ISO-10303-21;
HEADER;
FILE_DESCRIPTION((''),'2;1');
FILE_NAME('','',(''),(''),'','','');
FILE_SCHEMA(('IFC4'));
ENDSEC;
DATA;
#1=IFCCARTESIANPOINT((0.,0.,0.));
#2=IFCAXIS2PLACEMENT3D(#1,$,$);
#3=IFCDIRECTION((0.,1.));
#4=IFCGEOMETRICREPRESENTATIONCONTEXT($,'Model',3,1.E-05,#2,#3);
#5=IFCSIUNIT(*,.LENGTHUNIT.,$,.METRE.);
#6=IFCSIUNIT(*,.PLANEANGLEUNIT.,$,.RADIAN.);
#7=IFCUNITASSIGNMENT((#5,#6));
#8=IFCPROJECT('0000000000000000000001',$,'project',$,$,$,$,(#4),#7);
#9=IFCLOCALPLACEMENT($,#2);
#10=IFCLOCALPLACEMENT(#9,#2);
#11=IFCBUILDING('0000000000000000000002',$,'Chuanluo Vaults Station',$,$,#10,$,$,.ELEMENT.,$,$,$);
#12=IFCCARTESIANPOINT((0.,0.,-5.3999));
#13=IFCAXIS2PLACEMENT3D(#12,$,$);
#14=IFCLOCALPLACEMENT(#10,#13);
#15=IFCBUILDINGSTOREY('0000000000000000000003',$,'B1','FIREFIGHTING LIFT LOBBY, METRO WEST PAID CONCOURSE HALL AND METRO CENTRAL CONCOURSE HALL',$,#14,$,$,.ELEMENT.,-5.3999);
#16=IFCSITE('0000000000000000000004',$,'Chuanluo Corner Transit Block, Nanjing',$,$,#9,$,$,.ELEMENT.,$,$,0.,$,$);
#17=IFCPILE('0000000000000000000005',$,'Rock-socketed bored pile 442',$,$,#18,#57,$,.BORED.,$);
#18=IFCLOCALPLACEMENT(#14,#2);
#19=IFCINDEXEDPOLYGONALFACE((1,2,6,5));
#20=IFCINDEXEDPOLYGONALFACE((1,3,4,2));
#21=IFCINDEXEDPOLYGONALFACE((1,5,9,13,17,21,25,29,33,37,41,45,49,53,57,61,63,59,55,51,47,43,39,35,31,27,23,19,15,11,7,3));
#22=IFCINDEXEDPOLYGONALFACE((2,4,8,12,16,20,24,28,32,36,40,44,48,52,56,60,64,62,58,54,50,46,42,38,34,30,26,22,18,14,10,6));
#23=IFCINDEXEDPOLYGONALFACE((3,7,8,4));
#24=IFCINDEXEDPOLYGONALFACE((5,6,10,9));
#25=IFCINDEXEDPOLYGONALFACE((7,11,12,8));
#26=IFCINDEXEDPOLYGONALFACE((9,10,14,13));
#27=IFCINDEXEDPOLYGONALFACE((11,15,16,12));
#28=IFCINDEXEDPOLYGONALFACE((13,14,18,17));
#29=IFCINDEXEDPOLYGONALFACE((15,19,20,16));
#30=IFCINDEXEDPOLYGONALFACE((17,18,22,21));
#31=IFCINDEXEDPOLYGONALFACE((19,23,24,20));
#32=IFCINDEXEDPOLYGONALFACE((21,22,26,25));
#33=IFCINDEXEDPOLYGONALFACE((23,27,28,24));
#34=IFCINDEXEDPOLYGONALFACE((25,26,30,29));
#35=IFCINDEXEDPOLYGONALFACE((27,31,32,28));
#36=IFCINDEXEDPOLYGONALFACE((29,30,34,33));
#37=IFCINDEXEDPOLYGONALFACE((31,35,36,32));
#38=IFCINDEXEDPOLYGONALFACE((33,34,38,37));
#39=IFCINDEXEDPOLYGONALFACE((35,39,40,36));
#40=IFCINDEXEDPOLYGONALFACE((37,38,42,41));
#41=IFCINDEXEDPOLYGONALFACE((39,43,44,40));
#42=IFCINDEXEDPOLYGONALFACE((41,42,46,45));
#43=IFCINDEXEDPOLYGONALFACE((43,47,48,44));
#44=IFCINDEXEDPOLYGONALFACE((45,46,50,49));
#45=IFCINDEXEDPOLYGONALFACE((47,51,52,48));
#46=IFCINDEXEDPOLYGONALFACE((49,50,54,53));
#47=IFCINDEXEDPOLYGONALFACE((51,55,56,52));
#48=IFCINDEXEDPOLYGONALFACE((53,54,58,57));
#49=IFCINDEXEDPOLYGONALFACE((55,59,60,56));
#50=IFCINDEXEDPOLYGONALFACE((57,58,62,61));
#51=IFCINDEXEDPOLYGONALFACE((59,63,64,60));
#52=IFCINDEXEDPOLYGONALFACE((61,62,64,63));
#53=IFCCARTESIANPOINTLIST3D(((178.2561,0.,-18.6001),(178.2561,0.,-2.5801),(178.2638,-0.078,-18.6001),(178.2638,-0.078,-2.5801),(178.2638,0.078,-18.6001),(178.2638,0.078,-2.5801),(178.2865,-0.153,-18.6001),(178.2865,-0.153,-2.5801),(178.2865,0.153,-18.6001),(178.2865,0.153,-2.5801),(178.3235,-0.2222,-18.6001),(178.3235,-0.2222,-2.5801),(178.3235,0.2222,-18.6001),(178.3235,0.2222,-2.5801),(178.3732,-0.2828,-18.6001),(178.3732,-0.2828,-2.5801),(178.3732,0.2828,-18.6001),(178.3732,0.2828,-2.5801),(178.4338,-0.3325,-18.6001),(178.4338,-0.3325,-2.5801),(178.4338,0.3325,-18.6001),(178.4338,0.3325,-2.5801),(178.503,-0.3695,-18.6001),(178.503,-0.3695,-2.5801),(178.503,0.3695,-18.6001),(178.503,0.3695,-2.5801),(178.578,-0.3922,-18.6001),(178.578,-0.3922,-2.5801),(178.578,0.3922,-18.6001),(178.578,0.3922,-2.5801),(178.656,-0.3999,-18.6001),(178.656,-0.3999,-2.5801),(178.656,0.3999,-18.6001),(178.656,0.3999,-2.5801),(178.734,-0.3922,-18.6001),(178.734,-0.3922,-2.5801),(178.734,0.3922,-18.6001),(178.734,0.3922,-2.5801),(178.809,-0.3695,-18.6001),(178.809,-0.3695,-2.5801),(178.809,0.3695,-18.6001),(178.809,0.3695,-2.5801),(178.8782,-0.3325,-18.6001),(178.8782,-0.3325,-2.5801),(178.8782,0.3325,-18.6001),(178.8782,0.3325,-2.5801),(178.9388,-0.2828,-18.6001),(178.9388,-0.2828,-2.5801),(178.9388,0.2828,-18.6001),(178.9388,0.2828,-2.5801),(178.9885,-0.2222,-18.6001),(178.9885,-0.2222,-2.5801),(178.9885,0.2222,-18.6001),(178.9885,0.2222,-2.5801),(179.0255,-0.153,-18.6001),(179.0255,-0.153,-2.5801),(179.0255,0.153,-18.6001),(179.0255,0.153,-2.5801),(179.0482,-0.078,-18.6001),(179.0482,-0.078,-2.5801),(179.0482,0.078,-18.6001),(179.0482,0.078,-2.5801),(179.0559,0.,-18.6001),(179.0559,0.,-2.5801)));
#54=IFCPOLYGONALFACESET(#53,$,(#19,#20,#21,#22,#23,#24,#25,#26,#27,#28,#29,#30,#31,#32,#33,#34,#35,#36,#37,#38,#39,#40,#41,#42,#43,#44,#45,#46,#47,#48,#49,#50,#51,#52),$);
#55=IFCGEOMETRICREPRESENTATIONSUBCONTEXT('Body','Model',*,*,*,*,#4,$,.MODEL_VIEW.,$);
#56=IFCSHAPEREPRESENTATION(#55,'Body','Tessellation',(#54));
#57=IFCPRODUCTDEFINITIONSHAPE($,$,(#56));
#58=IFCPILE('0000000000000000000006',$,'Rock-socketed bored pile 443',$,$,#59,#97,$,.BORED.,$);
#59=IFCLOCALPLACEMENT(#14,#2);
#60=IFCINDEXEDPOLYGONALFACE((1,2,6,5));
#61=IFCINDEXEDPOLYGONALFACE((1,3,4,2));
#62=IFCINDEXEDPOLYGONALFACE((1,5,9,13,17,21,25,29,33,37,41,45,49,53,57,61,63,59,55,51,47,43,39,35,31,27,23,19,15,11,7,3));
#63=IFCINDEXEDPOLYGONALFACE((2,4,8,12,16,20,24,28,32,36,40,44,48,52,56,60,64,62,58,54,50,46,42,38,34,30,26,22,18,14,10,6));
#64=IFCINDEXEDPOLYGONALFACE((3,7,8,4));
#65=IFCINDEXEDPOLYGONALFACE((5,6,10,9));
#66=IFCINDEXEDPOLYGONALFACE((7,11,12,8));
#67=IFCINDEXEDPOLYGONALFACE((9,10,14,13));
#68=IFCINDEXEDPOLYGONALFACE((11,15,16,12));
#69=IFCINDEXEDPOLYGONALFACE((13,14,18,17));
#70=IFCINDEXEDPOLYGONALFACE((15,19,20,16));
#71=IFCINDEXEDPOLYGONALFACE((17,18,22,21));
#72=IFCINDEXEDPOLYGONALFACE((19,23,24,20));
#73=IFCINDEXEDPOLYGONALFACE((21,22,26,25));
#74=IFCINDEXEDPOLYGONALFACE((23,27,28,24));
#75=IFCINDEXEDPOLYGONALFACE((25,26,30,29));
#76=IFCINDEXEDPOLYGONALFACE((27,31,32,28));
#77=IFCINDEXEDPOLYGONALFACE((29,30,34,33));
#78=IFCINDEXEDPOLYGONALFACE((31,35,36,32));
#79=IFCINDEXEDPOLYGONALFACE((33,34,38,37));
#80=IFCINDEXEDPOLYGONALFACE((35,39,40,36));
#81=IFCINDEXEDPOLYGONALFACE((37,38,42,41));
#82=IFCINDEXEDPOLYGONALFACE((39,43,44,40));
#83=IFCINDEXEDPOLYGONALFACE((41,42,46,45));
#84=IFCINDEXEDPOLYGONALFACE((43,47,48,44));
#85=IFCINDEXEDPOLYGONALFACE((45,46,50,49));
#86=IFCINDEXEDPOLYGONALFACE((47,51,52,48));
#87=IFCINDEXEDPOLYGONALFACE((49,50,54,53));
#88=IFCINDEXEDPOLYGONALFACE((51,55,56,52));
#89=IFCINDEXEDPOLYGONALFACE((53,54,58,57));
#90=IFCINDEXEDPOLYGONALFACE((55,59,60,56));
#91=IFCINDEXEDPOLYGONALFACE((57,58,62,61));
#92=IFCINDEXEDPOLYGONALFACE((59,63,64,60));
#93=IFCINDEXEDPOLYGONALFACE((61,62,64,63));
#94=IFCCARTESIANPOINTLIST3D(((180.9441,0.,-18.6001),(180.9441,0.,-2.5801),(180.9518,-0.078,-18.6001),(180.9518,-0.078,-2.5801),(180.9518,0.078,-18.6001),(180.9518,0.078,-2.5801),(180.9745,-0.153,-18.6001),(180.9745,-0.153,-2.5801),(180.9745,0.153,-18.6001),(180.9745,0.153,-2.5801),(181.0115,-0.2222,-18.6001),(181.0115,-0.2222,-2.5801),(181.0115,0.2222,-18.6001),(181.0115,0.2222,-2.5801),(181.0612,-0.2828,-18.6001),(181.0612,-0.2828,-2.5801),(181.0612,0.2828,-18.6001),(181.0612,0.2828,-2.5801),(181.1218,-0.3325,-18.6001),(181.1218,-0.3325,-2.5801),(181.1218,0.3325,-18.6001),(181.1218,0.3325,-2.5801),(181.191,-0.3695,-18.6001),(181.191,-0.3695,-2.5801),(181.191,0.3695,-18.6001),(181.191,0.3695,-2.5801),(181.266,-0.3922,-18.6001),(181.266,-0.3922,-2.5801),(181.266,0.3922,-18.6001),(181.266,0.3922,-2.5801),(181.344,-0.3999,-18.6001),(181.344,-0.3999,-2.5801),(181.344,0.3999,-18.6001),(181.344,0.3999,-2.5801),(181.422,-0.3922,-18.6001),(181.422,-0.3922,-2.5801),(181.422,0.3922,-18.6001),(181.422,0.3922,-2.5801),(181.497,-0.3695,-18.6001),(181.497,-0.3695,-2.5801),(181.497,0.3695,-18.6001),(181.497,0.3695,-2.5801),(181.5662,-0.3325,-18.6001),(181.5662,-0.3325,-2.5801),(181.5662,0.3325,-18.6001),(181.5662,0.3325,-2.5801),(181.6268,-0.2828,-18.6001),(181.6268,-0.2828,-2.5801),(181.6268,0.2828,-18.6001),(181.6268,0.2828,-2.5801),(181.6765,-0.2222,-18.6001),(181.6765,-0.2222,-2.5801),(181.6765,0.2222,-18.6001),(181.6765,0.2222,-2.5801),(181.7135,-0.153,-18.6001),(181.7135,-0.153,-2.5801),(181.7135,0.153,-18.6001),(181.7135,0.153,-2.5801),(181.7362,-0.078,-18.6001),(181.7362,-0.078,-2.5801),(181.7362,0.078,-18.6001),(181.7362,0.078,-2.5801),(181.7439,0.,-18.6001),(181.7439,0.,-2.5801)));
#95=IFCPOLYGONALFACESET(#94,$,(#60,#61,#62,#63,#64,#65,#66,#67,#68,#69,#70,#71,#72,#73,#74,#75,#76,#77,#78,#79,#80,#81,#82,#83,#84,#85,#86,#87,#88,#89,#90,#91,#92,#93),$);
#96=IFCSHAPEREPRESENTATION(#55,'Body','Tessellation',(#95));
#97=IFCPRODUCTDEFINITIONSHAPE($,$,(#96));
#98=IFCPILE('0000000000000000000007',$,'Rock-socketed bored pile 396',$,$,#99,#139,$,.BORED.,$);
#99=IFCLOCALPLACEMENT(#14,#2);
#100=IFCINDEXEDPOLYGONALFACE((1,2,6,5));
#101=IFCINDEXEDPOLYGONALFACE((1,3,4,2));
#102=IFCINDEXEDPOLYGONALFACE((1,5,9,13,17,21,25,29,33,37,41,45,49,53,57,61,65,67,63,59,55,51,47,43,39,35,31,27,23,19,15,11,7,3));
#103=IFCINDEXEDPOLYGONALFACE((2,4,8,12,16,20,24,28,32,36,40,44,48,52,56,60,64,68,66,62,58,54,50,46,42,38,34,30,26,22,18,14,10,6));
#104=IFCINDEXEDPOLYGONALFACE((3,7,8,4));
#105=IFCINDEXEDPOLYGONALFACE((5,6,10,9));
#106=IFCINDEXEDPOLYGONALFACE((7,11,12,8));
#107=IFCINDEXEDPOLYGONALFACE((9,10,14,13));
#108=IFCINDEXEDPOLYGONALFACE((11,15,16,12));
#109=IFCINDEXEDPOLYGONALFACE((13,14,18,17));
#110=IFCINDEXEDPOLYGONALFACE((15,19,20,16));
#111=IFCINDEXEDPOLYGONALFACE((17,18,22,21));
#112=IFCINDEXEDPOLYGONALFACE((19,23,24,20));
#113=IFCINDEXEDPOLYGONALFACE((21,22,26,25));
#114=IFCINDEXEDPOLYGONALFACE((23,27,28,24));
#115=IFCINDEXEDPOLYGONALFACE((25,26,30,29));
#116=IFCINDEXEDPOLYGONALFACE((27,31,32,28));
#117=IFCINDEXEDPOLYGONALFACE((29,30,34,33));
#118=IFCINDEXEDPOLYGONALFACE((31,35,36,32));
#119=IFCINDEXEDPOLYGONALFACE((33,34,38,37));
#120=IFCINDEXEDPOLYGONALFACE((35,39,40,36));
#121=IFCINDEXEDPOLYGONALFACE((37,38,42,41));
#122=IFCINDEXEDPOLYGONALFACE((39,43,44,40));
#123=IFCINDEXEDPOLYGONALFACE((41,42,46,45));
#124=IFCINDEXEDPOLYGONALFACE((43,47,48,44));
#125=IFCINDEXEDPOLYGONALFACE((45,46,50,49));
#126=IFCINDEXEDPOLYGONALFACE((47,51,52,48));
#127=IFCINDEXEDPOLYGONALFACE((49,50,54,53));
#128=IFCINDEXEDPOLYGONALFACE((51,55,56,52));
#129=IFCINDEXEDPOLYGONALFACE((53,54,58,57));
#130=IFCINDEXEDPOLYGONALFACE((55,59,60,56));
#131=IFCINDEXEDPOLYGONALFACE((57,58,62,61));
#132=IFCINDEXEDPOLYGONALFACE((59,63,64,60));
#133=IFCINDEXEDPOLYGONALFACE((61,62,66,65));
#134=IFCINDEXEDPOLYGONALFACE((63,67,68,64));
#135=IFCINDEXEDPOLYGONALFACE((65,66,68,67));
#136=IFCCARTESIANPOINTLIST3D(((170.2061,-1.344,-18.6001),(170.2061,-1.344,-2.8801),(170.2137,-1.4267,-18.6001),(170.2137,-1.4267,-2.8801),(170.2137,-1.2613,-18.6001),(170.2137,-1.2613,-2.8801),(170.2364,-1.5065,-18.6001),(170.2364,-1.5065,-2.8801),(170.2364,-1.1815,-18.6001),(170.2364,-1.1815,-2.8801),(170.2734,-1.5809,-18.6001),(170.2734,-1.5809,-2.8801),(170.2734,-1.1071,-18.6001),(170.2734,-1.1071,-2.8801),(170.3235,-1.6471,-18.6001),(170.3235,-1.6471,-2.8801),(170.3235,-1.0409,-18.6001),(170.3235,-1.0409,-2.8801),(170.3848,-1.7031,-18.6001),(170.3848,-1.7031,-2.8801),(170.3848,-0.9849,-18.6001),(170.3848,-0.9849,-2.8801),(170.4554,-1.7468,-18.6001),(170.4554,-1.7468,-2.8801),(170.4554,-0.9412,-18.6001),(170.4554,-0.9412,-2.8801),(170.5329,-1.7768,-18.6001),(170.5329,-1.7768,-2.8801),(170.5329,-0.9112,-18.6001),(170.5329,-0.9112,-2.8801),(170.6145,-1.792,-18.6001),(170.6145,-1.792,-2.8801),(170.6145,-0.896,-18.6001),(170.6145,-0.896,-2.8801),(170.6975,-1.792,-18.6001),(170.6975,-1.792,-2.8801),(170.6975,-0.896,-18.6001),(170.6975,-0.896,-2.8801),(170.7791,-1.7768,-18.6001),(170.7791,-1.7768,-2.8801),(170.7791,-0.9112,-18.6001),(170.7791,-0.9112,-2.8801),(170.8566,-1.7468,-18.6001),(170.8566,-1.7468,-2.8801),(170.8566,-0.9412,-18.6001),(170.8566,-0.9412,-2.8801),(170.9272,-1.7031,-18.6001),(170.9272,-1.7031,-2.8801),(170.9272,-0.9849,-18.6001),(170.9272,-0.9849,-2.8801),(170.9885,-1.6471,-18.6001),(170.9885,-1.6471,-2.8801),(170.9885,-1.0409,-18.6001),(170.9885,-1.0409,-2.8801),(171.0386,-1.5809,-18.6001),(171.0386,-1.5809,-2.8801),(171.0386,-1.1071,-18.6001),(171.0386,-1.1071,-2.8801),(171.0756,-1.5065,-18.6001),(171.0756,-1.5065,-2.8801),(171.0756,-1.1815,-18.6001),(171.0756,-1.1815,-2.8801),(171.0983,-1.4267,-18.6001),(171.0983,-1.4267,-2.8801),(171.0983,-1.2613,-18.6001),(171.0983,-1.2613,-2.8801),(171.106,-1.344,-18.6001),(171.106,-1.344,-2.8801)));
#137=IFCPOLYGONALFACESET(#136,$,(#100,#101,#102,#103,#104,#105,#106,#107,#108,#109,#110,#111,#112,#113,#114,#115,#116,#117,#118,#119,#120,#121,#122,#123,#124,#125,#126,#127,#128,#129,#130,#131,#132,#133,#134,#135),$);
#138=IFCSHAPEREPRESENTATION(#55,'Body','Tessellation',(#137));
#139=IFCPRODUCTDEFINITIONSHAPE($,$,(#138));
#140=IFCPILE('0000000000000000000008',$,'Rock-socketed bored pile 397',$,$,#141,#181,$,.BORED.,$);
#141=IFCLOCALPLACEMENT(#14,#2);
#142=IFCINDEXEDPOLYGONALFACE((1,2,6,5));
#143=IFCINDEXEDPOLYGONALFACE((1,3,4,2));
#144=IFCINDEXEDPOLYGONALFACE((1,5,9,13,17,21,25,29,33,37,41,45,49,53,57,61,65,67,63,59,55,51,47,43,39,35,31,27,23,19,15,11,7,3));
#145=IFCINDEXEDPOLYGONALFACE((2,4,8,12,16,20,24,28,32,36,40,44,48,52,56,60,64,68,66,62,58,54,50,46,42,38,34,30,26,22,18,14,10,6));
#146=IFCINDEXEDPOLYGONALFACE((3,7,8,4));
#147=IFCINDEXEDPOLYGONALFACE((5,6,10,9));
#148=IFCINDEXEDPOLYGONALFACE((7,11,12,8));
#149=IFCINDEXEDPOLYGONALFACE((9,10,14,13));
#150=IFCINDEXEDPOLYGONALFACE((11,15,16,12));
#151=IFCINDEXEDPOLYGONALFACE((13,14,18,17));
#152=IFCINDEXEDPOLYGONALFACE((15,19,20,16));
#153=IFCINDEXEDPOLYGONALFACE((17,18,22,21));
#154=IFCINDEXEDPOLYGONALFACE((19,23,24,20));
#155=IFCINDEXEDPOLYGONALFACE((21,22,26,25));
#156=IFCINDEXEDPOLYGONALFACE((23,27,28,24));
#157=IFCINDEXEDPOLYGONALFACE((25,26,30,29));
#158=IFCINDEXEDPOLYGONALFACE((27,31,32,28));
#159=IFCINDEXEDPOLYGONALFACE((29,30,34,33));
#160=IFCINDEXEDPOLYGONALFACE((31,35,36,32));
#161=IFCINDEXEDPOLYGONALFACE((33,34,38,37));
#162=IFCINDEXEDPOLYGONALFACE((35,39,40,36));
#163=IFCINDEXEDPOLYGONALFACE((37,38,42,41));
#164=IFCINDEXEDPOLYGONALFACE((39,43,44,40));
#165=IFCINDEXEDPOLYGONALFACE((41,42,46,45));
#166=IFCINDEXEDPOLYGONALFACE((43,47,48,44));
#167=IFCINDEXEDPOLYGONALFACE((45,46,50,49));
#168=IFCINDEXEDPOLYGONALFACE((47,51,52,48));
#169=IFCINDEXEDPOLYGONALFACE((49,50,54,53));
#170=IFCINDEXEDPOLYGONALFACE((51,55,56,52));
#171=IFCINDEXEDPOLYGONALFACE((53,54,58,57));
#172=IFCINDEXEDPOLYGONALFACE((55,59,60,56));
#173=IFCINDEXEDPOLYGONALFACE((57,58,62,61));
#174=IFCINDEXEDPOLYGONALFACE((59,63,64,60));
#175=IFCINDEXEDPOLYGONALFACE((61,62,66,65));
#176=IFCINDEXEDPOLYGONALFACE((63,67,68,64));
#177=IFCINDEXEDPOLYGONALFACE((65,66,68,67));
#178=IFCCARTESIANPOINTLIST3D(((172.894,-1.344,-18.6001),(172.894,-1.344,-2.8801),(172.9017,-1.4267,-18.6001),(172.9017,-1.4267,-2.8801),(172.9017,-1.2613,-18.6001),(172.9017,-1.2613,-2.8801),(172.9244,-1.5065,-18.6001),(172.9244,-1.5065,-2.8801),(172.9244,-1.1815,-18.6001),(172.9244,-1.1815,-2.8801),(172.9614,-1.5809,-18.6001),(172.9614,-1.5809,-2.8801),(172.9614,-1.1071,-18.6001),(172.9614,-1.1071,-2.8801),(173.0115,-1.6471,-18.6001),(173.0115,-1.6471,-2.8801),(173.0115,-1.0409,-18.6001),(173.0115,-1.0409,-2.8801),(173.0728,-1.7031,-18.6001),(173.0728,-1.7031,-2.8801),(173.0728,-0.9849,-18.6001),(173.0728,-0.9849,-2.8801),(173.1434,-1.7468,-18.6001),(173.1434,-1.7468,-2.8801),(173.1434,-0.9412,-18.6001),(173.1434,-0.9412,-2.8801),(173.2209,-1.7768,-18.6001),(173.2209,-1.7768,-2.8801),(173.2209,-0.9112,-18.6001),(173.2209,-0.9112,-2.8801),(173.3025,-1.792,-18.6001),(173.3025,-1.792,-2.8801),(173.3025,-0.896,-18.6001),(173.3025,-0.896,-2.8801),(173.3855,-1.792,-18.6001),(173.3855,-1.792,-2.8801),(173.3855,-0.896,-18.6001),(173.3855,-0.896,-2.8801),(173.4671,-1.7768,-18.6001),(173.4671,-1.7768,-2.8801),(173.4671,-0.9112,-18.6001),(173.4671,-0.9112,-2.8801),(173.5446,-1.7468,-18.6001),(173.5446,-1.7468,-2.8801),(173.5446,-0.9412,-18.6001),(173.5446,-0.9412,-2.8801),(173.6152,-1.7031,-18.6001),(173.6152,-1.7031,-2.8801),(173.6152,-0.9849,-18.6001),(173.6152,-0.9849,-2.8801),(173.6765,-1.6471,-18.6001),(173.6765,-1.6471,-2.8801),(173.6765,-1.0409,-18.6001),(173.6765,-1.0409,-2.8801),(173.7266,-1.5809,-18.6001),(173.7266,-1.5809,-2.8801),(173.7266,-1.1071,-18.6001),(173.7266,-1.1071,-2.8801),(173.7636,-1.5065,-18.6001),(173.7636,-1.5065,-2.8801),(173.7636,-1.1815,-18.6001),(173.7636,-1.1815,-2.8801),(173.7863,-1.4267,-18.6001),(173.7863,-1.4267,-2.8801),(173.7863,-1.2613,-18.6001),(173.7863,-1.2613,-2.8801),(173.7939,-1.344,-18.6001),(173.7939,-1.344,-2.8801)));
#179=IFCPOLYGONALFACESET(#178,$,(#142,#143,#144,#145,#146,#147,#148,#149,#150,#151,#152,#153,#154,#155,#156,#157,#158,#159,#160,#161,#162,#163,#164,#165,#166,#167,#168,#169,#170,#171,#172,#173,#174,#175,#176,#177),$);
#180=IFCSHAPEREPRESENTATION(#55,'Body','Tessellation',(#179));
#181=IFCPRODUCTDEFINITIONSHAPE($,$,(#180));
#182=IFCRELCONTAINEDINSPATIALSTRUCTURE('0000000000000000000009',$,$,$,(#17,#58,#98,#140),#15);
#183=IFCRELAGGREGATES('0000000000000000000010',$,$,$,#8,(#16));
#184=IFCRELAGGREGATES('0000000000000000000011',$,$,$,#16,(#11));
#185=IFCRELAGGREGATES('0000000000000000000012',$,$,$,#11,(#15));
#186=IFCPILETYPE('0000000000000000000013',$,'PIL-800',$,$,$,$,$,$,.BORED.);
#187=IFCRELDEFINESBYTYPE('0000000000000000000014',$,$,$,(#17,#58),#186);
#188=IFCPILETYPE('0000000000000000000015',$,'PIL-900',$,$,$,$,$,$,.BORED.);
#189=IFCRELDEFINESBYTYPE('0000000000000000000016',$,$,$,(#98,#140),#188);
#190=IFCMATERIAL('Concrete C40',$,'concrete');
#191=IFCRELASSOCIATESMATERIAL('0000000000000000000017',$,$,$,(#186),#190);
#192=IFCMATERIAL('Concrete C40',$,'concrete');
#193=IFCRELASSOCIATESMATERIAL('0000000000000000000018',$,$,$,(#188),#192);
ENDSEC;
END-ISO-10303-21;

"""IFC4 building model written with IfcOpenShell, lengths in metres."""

from ifc_helpers import new_model, si_unit, direction, frame, origin, origin_2d, place, context, subcontext, project, spatial, circle, extrude, material, material_profile, profile_set, type_object, element, save


model = new_model("IFC4")

# Units and contexts
model_context = context("Model", 3, precision=1e-05, world=origin(), true_north=direction((0.0, 1.0)))
body_context = subcontext(model_context, "Body", "Model", "MODEL_VIEW")
ifc_project = project(units=[si_unit("LENGTHUNIT", "METRE"), si_unit("PLANEANGLEUNIT", "RADIAN")], contexts=[model_context])

# Site, building, storey
site_placement = place(None, origin())
site = spatial("IfcSite", under=ifc_project, at=site_placement, Name="Chuanluo Corner Transit Block, Nanjing", CompositionType="ELEMENT", RefElevation=0.0)
building_placement = place(site_placement, origin())
building = spatial("IfcBuilding", under=site, at=building_placement, Name="Chuanluo Vaults Station", CompositionType="ELEMENT")
storey_placement = place(building_placement, frame((0.0, 0.0, -5.3999)))
storey = spatial("IfcBuildingStorey", under=building, at=storey_placement, Name="B1", Description="FIREFIGHTING LIFT LOBBY, METRO WEST PAID CONCOURSE HALL AND METRO CENTRAL CONCOURSE HALL", CompositionType="ELEMENT", Elevation=-5.3999)

# Piles
ifc_material_1 = material(Name="Concrete C40", Category="concrete")
ifc_material_profile_1 = material_profile(ifc_material_1, circle(Radius=0.3999, at=origin_2d()))
ifc_profile_set_1 = profile_set([ifc_material_profile_1], Name="Concrete C40")
pile_type_1 = type_object("IfcPileType", Name="PIL-800", PredefinedType="BORED", material=ifc_profile_set_1)
for number, where, z_axis, x_axis, name in (
    (1, (178.656, 0.0, -2.5801), (0.0, 0.0, -1.0), (1.0, 0.0, 0.0), "Rock-socketed bored pile 442"),
    (2, (181.344, 0.0, -2.5801), (0.0, 0.0, -1.0), (1.0, 0.0, 0.0), "Rock-socketed bored pile 443"),
):
    element("IfcPile", number, at=place(storey_placement, frame(where, z_axis=z_axis, x_axis=x_axis)), inside=storey, type_object=pile_type_1, Name=name, PredefinedType="BORED", context=body_context, shape_type="SweptSolid", body=[
        extrude(circle(Radius=0.3999, at=origin_2d()), origin(), (0.0, 0.0, 1.0), 16.02),
    ])
ifc_material_2 = material(Name="Concrete C40", Category="concrete")
ifc_material_profile_2 = material_profile(ifc_material_2, circle(Radius=0.45, at=origin_2d()))
ifc_profile_set_2 = profile_set([ifc_material_profile_2], Name="Concrete C40")
pile_type_2 = type_object("IfcPileType", Name="PIL-900", PredefinedType="BORED", material=ifc_profile_set_2)
for number, where, z_axis, x_axis, name in (
    (3, (170.656, -1.344, -2.8801), (0.0, 0.0, -1.0), (1.0, 0.0, 0.0), "Rock-socketed bored pile 396"),
    (4, (173.344, -1.344, -2.8801), (0.0, 0.0, -1.0), (1.0, 0.0, 0.0), "Rock-socketed bored pile 397"),
):
    element("IfcPile", number, at=place(storey_placement, frame(where, z_axis=z_axis, x_axis=x_axis)), inside=storey, type_object=pile_type_2, Name=name, PredefinedType="BORED", context=body_context, shape_type="SweptSolid", body=[
        extrude(circle(Radius=0.45, at=origin_2d()), origin(), (0.0, 0.0, 1.0), 15.72),
    ])

save(model, "model.ifc")
